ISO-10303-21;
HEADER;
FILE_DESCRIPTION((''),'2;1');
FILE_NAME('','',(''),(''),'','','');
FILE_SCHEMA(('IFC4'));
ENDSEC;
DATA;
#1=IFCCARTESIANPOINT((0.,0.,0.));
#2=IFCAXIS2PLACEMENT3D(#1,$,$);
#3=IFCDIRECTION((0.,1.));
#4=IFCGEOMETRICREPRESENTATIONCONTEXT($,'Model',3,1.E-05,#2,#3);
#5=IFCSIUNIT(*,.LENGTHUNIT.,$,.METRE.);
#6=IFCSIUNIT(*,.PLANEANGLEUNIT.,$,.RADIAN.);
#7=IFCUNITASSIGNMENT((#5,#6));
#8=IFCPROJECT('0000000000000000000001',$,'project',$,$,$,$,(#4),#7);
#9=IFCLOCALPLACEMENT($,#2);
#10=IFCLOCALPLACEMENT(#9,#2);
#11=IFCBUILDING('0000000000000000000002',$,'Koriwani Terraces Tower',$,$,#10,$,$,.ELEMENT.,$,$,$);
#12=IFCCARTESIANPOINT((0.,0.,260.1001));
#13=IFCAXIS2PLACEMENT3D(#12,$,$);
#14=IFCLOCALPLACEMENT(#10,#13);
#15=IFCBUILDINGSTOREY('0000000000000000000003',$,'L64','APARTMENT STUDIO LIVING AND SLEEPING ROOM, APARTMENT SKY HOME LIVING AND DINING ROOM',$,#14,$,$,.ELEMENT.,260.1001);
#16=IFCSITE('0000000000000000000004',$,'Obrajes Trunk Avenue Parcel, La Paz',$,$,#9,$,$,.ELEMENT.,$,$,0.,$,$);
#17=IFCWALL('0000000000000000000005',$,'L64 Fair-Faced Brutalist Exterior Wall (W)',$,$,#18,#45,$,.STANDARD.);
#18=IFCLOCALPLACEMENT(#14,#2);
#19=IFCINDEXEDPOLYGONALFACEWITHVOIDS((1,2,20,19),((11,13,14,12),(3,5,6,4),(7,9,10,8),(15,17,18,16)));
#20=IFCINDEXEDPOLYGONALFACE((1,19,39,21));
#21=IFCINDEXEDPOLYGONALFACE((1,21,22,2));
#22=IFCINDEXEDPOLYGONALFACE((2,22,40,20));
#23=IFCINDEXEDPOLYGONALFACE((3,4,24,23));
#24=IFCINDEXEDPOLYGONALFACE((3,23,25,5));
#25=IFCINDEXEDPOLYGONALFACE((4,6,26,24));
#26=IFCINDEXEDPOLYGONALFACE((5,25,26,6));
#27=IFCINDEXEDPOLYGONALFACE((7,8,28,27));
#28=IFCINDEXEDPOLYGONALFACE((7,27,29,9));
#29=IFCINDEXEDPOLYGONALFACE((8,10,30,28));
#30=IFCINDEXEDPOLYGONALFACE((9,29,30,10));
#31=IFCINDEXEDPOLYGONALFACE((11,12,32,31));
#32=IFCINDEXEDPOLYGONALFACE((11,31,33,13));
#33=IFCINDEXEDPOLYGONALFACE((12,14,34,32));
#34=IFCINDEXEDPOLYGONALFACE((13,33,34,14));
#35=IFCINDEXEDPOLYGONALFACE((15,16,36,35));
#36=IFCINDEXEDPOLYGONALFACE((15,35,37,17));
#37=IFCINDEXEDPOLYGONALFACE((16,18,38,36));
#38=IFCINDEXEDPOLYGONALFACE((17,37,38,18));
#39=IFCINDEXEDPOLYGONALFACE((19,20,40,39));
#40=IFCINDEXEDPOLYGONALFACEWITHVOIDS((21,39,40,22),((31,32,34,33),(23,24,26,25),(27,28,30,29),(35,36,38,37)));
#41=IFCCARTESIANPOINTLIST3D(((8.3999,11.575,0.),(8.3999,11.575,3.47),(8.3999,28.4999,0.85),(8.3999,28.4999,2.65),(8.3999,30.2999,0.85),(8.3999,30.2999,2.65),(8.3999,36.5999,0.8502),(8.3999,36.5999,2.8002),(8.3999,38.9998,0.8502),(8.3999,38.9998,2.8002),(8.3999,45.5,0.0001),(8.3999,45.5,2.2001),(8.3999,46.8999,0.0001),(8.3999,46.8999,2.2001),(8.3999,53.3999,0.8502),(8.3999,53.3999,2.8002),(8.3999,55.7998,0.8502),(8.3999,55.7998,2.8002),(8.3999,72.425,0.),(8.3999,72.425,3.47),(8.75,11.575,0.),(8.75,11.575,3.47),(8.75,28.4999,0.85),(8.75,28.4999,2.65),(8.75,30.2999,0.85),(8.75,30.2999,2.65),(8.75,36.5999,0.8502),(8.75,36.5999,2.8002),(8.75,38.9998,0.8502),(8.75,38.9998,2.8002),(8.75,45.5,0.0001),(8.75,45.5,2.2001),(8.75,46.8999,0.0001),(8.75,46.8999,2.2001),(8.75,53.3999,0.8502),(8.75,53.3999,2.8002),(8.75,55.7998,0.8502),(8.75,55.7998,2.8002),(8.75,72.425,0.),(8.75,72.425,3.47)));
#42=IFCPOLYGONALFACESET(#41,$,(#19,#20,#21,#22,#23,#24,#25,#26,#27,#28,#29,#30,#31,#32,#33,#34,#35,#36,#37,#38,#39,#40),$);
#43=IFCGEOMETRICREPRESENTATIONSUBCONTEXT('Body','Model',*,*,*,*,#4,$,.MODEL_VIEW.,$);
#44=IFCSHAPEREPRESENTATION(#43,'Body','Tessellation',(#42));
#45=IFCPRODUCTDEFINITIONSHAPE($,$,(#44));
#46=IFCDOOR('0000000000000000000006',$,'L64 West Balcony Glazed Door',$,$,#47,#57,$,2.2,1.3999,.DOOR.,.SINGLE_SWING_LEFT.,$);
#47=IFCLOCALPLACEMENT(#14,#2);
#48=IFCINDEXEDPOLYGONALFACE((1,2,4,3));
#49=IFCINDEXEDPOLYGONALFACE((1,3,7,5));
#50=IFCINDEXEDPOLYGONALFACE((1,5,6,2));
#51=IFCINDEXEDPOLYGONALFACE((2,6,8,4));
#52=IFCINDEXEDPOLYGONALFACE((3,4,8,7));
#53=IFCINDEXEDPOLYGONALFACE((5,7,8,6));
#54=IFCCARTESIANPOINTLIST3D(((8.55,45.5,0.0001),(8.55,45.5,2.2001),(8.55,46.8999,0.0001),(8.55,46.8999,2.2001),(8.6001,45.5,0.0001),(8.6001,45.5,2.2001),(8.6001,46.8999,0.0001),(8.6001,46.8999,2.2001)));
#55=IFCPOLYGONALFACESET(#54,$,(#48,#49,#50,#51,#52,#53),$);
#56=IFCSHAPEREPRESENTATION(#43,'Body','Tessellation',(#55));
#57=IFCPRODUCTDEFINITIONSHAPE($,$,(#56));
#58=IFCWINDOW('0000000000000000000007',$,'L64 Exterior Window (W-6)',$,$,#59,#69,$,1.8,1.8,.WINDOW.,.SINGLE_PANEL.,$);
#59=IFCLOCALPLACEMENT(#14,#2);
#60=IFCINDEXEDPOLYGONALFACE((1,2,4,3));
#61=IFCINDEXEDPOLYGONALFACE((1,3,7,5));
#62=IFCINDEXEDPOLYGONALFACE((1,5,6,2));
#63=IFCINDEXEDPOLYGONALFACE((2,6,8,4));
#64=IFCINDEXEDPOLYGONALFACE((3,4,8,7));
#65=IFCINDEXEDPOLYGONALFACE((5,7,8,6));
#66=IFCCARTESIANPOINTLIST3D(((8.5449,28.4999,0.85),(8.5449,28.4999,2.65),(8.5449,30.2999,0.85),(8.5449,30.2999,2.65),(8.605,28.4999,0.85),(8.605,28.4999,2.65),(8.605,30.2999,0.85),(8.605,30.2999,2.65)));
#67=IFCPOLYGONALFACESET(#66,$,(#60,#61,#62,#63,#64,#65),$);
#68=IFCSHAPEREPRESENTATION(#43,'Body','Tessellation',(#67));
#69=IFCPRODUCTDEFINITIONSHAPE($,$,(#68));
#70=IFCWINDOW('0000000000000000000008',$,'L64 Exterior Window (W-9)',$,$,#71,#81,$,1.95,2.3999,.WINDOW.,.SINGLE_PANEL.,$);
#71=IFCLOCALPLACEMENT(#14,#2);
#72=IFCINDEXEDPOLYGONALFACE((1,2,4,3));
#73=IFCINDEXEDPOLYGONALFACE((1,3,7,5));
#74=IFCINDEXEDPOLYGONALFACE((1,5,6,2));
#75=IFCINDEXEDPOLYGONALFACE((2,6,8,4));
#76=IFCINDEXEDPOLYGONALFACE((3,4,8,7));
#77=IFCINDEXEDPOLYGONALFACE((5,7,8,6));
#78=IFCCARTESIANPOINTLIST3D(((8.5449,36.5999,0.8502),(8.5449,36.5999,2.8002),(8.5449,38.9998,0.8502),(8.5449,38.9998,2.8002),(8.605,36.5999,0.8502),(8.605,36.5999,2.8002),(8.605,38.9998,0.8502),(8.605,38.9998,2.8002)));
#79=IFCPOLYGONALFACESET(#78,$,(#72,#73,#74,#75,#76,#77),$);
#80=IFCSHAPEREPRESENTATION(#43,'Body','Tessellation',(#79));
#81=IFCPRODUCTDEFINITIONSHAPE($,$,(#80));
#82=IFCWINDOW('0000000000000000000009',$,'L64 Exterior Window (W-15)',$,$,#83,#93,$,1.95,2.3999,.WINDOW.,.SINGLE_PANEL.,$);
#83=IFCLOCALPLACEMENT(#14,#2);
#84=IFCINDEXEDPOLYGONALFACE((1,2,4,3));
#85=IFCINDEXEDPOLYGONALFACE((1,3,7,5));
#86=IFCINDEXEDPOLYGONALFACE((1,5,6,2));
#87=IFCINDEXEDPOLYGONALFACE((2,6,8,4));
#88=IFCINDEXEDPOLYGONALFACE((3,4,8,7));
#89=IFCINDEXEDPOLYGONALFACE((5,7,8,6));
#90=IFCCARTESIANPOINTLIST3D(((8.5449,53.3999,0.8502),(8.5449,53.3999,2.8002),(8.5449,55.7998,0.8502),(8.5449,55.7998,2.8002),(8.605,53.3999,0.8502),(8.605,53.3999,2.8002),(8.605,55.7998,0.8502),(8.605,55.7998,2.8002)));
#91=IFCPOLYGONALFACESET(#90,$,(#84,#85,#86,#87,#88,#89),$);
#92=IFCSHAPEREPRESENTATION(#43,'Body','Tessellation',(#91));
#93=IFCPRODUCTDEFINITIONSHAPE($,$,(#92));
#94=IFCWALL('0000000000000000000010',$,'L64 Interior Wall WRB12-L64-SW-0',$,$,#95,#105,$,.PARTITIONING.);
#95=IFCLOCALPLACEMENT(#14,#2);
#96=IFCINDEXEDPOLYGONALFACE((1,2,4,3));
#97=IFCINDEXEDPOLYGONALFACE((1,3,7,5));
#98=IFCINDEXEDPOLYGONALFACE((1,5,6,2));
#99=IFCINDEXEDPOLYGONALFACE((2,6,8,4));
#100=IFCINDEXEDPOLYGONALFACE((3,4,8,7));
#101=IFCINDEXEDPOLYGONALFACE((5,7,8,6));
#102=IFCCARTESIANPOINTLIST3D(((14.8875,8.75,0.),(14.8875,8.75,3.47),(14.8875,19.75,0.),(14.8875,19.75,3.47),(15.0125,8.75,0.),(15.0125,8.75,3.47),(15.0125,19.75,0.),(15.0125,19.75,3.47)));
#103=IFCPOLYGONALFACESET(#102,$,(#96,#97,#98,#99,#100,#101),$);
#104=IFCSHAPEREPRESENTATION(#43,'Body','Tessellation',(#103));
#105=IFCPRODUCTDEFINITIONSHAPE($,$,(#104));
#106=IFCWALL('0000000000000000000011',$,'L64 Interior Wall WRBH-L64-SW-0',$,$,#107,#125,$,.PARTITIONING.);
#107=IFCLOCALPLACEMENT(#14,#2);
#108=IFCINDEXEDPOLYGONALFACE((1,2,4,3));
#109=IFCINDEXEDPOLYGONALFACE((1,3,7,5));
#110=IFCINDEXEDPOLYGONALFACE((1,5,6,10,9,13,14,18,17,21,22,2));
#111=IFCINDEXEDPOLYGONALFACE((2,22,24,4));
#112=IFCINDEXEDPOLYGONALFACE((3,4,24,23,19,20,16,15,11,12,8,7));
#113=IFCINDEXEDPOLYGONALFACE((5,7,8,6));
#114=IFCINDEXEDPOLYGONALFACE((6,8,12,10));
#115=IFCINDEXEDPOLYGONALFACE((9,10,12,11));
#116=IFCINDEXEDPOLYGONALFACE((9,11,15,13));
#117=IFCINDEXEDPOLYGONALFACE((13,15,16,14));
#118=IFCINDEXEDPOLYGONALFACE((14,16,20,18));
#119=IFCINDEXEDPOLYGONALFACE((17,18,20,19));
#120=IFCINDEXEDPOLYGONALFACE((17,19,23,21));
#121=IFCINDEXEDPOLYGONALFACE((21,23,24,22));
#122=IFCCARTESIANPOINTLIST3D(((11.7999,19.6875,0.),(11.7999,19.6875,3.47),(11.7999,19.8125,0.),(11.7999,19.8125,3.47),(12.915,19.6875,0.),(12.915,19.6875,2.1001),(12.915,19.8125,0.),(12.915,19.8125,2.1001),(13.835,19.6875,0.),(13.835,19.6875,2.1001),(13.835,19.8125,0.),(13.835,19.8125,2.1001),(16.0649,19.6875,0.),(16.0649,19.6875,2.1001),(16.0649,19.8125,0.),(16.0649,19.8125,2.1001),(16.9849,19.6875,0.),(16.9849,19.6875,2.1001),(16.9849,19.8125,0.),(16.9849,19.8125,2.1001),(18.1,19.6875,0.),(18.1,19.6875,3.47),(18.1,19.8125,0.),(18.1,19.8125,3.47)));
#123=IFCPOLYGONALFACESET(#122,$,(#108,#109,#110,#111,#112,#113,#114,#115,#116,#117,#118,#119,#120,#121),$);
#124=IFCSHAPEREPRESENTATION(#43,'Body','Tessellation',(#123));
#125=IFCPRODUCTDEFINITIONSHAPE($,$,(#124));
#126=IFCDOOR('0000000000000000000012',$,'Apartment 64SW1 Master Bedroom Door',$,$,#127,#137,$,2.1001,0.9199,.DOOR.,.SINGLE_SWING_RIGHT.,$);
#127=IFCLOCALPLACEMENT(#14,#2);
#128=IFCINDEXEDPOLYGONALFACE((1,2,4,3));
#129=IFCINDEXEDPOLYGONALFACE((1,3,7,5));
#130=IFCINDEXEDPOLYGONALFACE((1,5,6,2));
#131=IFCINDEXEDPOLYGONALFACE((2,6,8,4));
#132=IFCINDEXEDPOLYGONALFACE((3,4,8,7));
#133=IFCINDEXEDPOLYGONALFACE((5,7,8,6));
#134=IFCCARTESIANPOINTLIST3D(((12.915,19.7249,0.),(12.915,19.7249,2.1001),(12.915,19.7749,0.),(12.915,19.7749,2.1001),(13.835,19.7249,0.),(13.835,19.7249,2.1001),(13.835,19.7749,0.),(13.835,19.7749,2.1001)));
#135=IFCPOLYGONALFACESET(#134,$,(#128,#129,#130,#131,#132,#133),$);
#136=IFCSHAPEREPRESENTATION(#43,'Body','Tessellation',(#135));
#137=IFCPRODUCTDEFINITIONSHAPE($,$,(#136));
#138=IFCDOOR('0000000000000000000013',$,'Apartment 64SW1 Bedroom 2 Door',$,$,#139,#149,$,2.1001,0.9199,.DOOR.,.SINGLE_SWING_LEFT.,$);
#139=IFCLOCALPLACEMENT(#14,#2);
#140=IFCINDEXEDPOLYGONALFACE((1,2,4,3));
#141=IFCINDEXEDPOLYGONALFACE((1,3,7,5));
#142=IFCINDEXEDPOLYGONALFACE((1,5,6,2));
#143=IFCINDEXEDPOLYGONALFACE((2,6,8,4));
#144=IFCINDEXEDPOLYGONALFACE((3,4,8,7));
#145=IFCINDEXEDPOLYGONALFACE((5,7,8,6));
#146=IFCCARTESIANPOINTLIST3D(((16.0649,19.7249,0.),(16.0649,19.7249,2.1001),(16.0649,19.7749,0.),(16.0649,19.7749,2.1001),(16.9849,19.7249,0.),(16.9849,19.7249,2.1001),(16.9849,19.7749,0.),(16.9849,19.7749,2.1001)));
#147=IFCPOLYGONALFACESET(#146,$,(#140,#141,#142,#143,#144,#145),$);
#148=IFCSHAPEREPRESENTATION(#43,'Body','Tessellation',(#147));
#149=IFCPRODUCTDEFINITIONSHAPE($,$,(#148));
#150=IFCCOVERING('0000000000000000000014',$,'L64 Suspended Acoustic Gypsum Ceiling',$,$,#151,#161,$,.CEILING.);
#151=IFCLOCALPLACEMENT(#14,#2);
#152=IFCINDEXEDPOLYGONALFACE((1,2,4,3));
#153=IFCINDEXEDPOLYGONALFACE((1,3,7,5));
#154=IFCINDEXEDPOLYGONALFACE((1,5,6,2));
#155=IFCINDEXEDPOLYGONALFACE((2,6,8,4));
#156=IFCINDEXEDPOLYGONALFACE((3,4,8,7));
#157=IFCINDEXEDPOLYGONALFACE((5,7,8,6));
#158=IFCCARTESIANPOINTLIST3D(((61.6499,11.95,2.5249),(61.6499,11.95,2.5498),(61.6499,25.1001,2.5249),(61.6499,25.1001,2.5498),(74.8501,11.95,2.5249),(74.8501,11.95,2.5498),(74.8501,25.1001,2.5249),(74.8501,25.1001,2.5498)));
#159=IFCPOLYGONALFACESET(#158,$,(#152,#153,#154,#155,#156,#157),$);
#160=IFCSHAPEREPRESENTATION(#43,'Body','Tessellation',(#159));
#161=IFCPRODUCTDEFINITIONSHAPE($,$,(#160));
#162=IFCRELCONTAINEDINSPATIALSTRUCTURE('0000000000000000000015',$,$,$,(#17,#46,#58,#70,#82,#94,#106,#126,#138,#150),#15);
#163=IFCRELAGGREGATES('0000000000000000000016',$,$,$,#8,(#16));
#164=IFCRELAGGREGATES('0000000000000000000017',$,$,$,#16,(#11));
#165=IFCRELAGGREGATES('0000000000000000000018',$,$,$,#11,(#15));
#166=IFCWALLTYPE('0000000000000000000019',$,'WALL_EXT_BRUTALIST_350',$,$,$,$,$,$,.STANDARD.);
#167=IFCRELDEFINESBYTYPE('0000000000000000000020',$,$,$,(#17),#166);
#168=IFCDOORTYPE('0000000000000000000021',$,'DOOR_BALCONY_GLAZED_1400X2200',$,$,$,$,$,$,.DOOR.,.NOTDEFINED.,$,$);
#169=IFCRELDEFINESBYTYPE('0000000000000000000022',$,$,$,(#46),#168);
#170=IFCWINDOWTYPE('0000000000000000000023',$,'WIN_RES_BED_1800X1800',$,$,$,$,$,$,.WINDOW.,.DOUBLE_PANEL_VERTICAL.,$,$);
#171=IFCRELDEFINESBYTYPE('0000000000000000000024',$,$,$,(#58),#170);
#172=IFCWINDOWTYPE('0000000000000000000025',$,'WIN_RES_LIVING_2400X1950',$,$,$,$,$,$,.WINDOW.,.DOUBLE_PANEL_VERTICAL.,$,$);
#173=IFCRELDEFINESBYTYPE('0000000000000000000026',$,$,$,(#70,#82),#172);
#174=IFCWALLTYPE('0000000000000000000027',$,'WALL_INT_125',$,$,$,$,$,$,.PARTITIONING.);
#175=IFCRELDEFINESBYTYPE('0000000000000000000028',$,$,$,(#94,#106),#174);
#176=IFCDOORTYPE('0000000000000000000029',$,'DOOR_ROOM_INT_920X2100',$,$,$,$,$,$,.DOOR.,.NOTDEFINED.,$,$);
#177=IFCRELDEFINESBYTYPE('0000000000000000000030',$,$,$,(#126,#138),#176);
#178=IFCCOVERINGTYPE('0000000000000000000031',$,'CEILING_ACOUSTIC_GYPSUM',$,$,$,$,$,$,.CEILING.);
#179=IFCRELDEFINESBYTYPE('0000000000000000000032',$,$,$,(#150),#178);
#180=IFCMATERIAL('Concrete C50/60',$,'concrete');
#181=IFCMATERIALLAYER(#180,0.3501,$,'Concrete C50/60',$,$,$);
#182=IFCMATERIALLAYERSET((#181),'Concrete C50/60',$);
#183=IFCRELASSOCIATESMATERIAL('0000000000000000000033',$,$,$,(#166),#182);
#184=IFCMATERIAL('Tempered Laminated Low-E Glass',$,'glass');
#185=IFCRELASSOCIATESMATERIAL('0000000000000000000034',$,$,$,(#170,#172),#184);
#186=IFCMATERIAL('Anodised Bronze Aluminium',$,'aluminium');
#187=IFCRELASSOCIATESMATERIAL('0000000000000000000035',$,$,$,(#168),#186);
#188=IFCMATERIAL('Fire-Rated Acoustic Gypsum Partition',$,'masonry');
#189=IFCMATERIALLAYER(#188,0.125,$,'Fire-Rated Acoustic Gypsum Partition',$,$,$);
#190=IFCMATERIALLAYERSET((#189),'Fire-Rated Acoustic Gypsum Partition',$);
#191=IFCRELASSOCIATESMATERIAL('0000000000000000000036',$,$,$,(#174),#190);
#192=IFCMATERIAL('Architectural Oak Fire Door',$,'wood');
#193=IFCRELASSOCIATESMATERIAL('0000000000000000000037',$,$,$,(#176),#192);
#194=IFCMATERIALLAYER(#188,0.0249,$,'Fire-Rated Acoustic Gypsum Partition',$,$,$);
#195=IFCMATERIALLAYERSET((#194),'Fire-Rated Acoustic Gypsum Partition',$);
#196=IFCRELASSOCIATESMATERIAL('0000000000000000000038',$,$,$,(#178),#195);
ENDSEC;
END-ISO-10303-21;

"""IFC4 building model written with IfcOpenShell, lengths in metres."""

from ifc_helpers import new_model, si_unit, direction, frame, frame_2d, origin, place, context, subcontext, project, spatial, polyline, rectangle, outline, extrude, material, layer, layer_set, type_object, element, fill, save


model = new_model("IFC4")

# Units and contexts
model_context = context("Model", 3, precision=1e-05, world=origin(), true_north=direction((0.0, 1.0)))
body_context = subcontext(model_context, "Body", "Model", "MODEL_VIEW")
ifc_project = project(units=[si_unit("LENGTHUNIT", "METRE"), si_unit("PLANEANGLEUNIT", "RADIAN")], contexts=[model_context])

# Site, building, storey
site_placement = place(None, origin())
site = spatial("IfcSite", under=ifc_project, at=site_placement, Name="Obrajes Trunk Avenue Parcel, La Paz", CompositionType="ELEMENT", RefElevation=0.0)
building_placement = place(site_placement, origin())
building = spatial("IfcBuilding", under=site, at=building_placement, Name="Koriwani Terraces Tower", CompositionType="ELEMENT")
storey_placement = place(building_placement, frame((0.0, 0.0, 260.1001)))
storey = spatial("IfcBuildingStorey", under=building, at=storey_placement, Name="L64", Description="APARTMENT STUDIO LIVING AND SLEEPING ROOM, APARTMENT SKY HOME LIVING AND DINING ROOM", CompositionType="ELEMENT", Elevation=260.1001)

# Shared definitions
ifc_material_1 = material(Name="Concrete C50/60", Category="concrete")

# Shared definitions
ifc_material_2 = material(Name="Architectural Oak Fire Door", Category="wood")

# Shared definitions
ifc_layer_1 = layer(ifc_material_1, 0.3501, Name="Concrete C50/60")
ifc_layer_set_1 = layer_set([ifc_layer_1], Name="Concrete C50/60")
wall_type_1 = type_object("IfcWallType", Name="WALL_EXT_BRUTALIST_350", PredefinedType="STANDARD", material=ifc_layer_set_1)
ifc_material_3 = material(Name="Tempered Laminated Low-E Glass", Category="glass")
window_type_1 = type_object("IfcWindowType", Name="WIN_RES_BED_1800X1800", PartitioningType="DOUBLE_PANEL_VERTICAL", PredefinedType="WINDOW", material=ifc_material_3)

# Wall, openings, door, windows
wall_1_placement = place(storey_placement, frame((8.575, 11.575, 0.0), z_axis=(0.0, 0.0, 1.0), x_axis=(0.0, 1.0, 0.0)))
wall_1 = element("IfcWall", 1, at=wall_1_placement, inside=storey, type_object=wall_type_1, Name="L64 Fair-Faced Brutalist Exterior Wall (W)", PredefinedType="STANDARD", context=body_context, shape_type="SweptSolid", body=[
    extrude(rectangle(XDim=60.8501, YDim=0.3501, at=frame_2d((30.425, 0.0))), origin(), (0.0, 0.0, 1.0), 3.47),
])
opening_1_placement = place(wall_1_placement, frame((33.925, 0.0, 0.0)))
opening_1 = element("IfcOpeningElement", 2, at=opening_1_placement, cuts=wall_1, PredefinedType="OPENING", context=body_context, shape_type="SweptSolid", body=[
    extrude(rectangle(XDim=1.3999, YDim=2.2, at=frame_2d((0.7, 1.1001))), frame((0.0, 0.1851, 0.0), z_axis=(0.0, -1.0, 0.0), x_axis=(1.0, 0.0, 0.0)), (0.0, 0.0, 1.0), 0.3701),
])
opening_2_placement = place(wall_1_placement, frame((16.925, 0.0, 0.8501)))
opening_2 = element("IfcOpeningElement", 3, at=opening_2_placement, cuts=wall_1, PredefinedType="OPENING", context=body_context, shape_type="SweptSolid", body=[
    extrude(rectangle(XDim=1.8, YDim=1.8, at=frame_2d((0.8999, 0.8999))), frame((0.0, 0.1851, 0.0), z_axis=(0.0, -1.0, 0.0), x_axis=(1.0, 0.0, 0.0)), (0.0, 0.0, 1.0), 0.3701),
])
opening_3_placement = place(wall_1_placement, frame((25.0249, 0.0, 0.8501)))
opening_3 = element("IfcOpeningElement", 4, at=opening_3_placement, cuts=wall_1, PredefinedType="OPENING", context=body_context, shape_type="SweptSolid", body=[
    extrude(rectangle(XDim=2.3999, YDim=1.95, at=frame_2d((1.2, 0.9751))), frame((0.0, 0.1851, 0.0), z_axis=(0.0, -1.0, 0.0), x_axis=(1.0, 0.0, 0.0)), (0.0, 0.0, 1.0), 0.3701),
])
opening_4_placement = place(wall_1_placement, frame((41.825, 0.0, 0.8501)))
opening_4 = element("IfcOpeningElement", 5, at=opening_4_placement, cuts=wall_1, PredefinedType="OPENING", context=body_context, shape_type="SweptSolid", body=[
    extrude(rectangle(XDim=2.3999, YDim=1.95, at=frame_2d((1.2, 0.9751))), frame((0.0, 0.1851, 0.0), z_axis=(0.0, -1.0, 0.0), x_axis=(1.0, 0.0, 0.0)), (0.0, 0.0, 1.0), 0.3701),
])
ifc_material_4 = material(Name="Anodised Bronze Aluminium", Category="aluminium")
door_type_1 = type_object("IfcDoorType", Name="DOOR_BALCONY_GLAZED_1400X2200", OperationType="NOTDEFINED", PredefinedType="DOOR", material=ifc_material_4)
door_1_placement = place(opening_1_placement, origin())
door_1 = element("IfcDoor", 6, at=door_1_placement, inside=storey, type_object=door_type_1, Name="L64 West Balcony Glazed Door", OperationType="SINGLE_SWING_LEFT", OverallHeight=2.2, OverallWidth=1.3999, PredefinedType="DOOR", context=body_context, shape_type="SweptSolid", body=[
    extrude(rectangle(XDim=1.3999, YDim=2.2, at=frame_2d((0.7, 1.1001))), frame((0.0, 0.0249, 0.0), z_axis=(0.0, -1.0, 0.0), x_axis=(1.0, 0.0, 0.0)), (0.0, 0.0, 1.0), 0.05),
])
fill(opening_1, door_1)
window_1_placement = place(opening_2_placement, origin())
window_1 = element("IfcWindow", 7, at=window_1_placement, inside=storey, type_object=window_type_1, Name="L64 Exterior Window (W-6)", OverallHeight=1.8, OverallWidth=1.8, PartitioningType="SINGLE_PANEL", PredefinedType="WINDOW", context=body_context, shape_type="SweptSolid", body=[
    extrude(rectangle(XDim=1.8, YDim=1.8, at=frame_2d((0.8999, 0.8999))), frame((0.0, 0.03, 0.0), z_axis=(0.0, -1.0, 0.0), x_axis=(1.0, 0.0, 0.0)), (0.0, 0.0, 1.0), 0.0601),
])
fill(opening_2, window_1)
window_type_2 = type_object("IfcWindowType", Name="WIN_RES_LIVING_2400X1950", PartitioningType="DOUBLE_PANEL_VERTICAL", PredefinedType="WINDOW", material=ifc_material_3)
window_2_placement = place(opening_3_placement, origin())
window_2 = element("IfcWindow", 8, at=window_2_placement, inside=storey, type_object=window_type_2, Name="L64 Exterior Window (W-9)", OverallHeight=1.95, OverallWidth=2.3999, PartitioningType="SINGLE_PANEL", PredefinedType="WINDOW", context=body_context, shape_type="SweptSolid", body=[
    extrude(rectangle(XDim=2.3999, YDim=1.95, at=frame_2d((1.2, 0.9751))), frame((0.0, 0.03, 0.0), z_axis=(0.0, -1.0, 0.0), x_axis=(1.0, 0.0, 0.0)), (0.0, 0.0, 1.0), 0.0601),
])
fill(opening_3, window_2)
window_3_placement = place(opening_4_placement, origin())
window_3 = element("IfcWindow", 9, at=window_3_placement, inside=storey, type_object=window_type_2, Name="L64 Exterior Window (W-15)", OverallHeight=1.95, OverallWidth=2.3999, PartitioningType="SINGLE_PANEL", PredefinedType="WINDOW", context=body_context, shape_type="SweptSolid", body=[
    extrude(rectangle(XDim=2.3999, YDim=1.95, at=frame_2d((1.2, 0.9751))), frame((0.0, 0.03, 0.0), z_axis=(0.0, -1.0, 0.0), x_axis=(1.0, 0.0, 0.0)), (0.0, 0.0, 1.0), 0.0601),
])
fill(opening_4, window_3)

# Wall
ifc_material_5 = material(Name="Fire-Rated Acoustic Gypsum Partition", Category="masonry")
ifc_layer_2 = layer(ifc_material_5, 0.125, Name="Fire-Rated Acoustic Gypsum Partition")
ifc_layer_set_2 = layer_set([ifc_layer_2], Name="Fire-Rated Acoustic Gypsum Partition")
wall_type_2 = type_object("IfcWallType", Name="WALL_INT_125", PredefinedType="PARTITIONING", material=ifc_layer_set_2)
wall_2_placement = place(storey_placement, frame((14.95, 8.75, 0.0), z_axis=(0.0, 0.0, 1.0), x_axis=(0.0, 1.0, 0.0)))
element("IfcWall", 10, at=wall_2_placement, inside=storey, type_object=wall_type_2, Name="L64 Interior Wall WRB12-L64-SW-0", PredefinedType="PARTITIONING", context=body_context, shape_type="SweptSolid", body=[
    extrude(rectangle(XDim=11.0, YDim=0.125, at=frame_2d((5.5, 0.0))), origin(), (0.0, 0.0, 1.0), 3.47),
])

# Wall, openings, doors
wall_3_placement = place(storey_placement, frame((11.8, 19.75, 0.0), z_axis=(0.0, 0.0, 1.0), x_axis=(1.0, 0.0, 0.0)))
wall_3 = element("IfcWall", 11, at=wall_3_placement, inside=storey, type_object=wall_type_2, Name="L64 Interior Wall WRBH-L64-SW-0", PredefinedType="PARTITIONING", context=body_context, shape_type="SweptSolid", body=[
    extrude(rectangle(XDim=6.3, YDim=0.125, at=frame_2d((3.1499, 0.0))), origin(), (0.0, 0.0, 1.0), 3.47),
])
opening_5_placement = place(wall_3_placement, frame((1.115, 0.0, 0.0)))
opening_5 = element("IfcOpeningElement", 12, at=opening_5_placement, cuts=wall_3, PredefinedType="OPENING", context=body_context, shape_type="SweptSolid", body=[
    extrude(rectangle(XDim=0.9199, YDim=2.1001, at=frame_2d((0.46, 1.05))), frame((0.0, 0.0725, 0.0), z_axis=(0.0, -1.0, 0.0), x_axis=(1.0, 0.0, 0.0)), (0.0, 0.0, 1.0), 0.145),
])
opening_6_placement = place(wall_3_placement, frame((4.2649, 0.0, 0.0)))
opening_6 = element("IfcOpeningElement", 13, at=opening_6_placement, cuts=wall_3, PredefinedType="OPENING", context=body_context, shape_type="SweptSolid", body=[
    extrude(rectangle(XDim=0.9199, YDim=2.1001, at=frame_2d((0.46, 1.05))), frame((0.0, 0.0725, 0.0), z_axis=(0.0, -1.0, 0.0), x_axis=(1.0, 0.0, 0.0)), (0.0, 0.0, 1.0), 0.145),
])
door_type_2 = type_object("IfcDoorType", Name="DOOR_ROOM_INT_920X2100", OperationType="NOTDEFINED", PredefinedType="DOOR", material=ifc_material_2)
door_2_placement = place(opening_5_placement, origin())
door_2 = element("IfcDoor", 14, at=door_2_placement, inside=storey, type_object=door_type_2, Name="Apartment 64SW1 Master Bedroom Door", OperationType="SINGLE_SWING_RIGHT", OverallHeight=2.1001, OverallWidth=0.9199, PredefinedType="DOOR", context=body_context, shape_type="SweptSolid", body=[
    extrude(rectangle(XDim=0.9199, YDim=2.1001, at=frame_2d((0.46, 1.05))), frame((0.0, 0.0249, 0.0), z_axis=(0.0, -1.0, 0.0), x_axis=(1.0, 0.0, 0.0)), (0.0, 0.0, 1.0), 0.05),
])
fill(opening_5, door_2)
door_3_placement = place(opening_6_placement, origin())
door_3 = element("IfcDoor", 15, at=door_3_placement, inside=storey, type_object=door_type_2, Name="Apartment 64SW1 Bedroom 2 Door", OperationType="SINGLE_SWING_LEFT", OverallHeight=2.1001, OverallWidth=0.9199, PredefinedType="DOOR", context=body_context, shape_type="SweptSolid", body=[
    extrude(rectangle(XDim=0.9199, YDim=2.1001, at=frame_2d((0.46, 1.05))), frame((0.0, 0.0249, 0.0), z_axis=(0.0, -1.0, 0.0), x_axis=(1.0, 0.0, 0.0)), (0.0, 0.0, 1.0), 0.05),
])
fill(opening_6, door_3)

# Covering
ifc_layer_3 = layer(ifc_material_5, 0.0249, Name="Fire-Rated Acoustic Gypsum Partition")
ifc_layer_set_3 = layer_set([ifc_layer_3], Name="Fire-Rated Acoustic Gypsum Partition")
covering_type_1 = type_object("IfcCoveringType", Name="CEILING_ACOUSTIC_GYPSUM", PredefinedType="CEILING", material=ifc_layer_set_3)
covering_1_placement = place(storey_placement, frame((0.0, 0.0, 2.5249)))
element("IfcCovering", 16, at=covering_1_placement, inside=storey, type_object=covering_type_1, Name="L64 Suspended Acoustic Gypsum Ceiling", PredefinedType="CEILING", context=body_context, shape_type="SweptSolid", body=[
    extrude(outline(polyline([(61.6499, 11.95), (61.6499, 25.1001), (74.8501, 25.1001), (74.8501, 11.95), (61.6499, 11.95)])), origin(), (0.0, 0.0, 1.0), 0.0249),
])

save(model, "model.ifc")
